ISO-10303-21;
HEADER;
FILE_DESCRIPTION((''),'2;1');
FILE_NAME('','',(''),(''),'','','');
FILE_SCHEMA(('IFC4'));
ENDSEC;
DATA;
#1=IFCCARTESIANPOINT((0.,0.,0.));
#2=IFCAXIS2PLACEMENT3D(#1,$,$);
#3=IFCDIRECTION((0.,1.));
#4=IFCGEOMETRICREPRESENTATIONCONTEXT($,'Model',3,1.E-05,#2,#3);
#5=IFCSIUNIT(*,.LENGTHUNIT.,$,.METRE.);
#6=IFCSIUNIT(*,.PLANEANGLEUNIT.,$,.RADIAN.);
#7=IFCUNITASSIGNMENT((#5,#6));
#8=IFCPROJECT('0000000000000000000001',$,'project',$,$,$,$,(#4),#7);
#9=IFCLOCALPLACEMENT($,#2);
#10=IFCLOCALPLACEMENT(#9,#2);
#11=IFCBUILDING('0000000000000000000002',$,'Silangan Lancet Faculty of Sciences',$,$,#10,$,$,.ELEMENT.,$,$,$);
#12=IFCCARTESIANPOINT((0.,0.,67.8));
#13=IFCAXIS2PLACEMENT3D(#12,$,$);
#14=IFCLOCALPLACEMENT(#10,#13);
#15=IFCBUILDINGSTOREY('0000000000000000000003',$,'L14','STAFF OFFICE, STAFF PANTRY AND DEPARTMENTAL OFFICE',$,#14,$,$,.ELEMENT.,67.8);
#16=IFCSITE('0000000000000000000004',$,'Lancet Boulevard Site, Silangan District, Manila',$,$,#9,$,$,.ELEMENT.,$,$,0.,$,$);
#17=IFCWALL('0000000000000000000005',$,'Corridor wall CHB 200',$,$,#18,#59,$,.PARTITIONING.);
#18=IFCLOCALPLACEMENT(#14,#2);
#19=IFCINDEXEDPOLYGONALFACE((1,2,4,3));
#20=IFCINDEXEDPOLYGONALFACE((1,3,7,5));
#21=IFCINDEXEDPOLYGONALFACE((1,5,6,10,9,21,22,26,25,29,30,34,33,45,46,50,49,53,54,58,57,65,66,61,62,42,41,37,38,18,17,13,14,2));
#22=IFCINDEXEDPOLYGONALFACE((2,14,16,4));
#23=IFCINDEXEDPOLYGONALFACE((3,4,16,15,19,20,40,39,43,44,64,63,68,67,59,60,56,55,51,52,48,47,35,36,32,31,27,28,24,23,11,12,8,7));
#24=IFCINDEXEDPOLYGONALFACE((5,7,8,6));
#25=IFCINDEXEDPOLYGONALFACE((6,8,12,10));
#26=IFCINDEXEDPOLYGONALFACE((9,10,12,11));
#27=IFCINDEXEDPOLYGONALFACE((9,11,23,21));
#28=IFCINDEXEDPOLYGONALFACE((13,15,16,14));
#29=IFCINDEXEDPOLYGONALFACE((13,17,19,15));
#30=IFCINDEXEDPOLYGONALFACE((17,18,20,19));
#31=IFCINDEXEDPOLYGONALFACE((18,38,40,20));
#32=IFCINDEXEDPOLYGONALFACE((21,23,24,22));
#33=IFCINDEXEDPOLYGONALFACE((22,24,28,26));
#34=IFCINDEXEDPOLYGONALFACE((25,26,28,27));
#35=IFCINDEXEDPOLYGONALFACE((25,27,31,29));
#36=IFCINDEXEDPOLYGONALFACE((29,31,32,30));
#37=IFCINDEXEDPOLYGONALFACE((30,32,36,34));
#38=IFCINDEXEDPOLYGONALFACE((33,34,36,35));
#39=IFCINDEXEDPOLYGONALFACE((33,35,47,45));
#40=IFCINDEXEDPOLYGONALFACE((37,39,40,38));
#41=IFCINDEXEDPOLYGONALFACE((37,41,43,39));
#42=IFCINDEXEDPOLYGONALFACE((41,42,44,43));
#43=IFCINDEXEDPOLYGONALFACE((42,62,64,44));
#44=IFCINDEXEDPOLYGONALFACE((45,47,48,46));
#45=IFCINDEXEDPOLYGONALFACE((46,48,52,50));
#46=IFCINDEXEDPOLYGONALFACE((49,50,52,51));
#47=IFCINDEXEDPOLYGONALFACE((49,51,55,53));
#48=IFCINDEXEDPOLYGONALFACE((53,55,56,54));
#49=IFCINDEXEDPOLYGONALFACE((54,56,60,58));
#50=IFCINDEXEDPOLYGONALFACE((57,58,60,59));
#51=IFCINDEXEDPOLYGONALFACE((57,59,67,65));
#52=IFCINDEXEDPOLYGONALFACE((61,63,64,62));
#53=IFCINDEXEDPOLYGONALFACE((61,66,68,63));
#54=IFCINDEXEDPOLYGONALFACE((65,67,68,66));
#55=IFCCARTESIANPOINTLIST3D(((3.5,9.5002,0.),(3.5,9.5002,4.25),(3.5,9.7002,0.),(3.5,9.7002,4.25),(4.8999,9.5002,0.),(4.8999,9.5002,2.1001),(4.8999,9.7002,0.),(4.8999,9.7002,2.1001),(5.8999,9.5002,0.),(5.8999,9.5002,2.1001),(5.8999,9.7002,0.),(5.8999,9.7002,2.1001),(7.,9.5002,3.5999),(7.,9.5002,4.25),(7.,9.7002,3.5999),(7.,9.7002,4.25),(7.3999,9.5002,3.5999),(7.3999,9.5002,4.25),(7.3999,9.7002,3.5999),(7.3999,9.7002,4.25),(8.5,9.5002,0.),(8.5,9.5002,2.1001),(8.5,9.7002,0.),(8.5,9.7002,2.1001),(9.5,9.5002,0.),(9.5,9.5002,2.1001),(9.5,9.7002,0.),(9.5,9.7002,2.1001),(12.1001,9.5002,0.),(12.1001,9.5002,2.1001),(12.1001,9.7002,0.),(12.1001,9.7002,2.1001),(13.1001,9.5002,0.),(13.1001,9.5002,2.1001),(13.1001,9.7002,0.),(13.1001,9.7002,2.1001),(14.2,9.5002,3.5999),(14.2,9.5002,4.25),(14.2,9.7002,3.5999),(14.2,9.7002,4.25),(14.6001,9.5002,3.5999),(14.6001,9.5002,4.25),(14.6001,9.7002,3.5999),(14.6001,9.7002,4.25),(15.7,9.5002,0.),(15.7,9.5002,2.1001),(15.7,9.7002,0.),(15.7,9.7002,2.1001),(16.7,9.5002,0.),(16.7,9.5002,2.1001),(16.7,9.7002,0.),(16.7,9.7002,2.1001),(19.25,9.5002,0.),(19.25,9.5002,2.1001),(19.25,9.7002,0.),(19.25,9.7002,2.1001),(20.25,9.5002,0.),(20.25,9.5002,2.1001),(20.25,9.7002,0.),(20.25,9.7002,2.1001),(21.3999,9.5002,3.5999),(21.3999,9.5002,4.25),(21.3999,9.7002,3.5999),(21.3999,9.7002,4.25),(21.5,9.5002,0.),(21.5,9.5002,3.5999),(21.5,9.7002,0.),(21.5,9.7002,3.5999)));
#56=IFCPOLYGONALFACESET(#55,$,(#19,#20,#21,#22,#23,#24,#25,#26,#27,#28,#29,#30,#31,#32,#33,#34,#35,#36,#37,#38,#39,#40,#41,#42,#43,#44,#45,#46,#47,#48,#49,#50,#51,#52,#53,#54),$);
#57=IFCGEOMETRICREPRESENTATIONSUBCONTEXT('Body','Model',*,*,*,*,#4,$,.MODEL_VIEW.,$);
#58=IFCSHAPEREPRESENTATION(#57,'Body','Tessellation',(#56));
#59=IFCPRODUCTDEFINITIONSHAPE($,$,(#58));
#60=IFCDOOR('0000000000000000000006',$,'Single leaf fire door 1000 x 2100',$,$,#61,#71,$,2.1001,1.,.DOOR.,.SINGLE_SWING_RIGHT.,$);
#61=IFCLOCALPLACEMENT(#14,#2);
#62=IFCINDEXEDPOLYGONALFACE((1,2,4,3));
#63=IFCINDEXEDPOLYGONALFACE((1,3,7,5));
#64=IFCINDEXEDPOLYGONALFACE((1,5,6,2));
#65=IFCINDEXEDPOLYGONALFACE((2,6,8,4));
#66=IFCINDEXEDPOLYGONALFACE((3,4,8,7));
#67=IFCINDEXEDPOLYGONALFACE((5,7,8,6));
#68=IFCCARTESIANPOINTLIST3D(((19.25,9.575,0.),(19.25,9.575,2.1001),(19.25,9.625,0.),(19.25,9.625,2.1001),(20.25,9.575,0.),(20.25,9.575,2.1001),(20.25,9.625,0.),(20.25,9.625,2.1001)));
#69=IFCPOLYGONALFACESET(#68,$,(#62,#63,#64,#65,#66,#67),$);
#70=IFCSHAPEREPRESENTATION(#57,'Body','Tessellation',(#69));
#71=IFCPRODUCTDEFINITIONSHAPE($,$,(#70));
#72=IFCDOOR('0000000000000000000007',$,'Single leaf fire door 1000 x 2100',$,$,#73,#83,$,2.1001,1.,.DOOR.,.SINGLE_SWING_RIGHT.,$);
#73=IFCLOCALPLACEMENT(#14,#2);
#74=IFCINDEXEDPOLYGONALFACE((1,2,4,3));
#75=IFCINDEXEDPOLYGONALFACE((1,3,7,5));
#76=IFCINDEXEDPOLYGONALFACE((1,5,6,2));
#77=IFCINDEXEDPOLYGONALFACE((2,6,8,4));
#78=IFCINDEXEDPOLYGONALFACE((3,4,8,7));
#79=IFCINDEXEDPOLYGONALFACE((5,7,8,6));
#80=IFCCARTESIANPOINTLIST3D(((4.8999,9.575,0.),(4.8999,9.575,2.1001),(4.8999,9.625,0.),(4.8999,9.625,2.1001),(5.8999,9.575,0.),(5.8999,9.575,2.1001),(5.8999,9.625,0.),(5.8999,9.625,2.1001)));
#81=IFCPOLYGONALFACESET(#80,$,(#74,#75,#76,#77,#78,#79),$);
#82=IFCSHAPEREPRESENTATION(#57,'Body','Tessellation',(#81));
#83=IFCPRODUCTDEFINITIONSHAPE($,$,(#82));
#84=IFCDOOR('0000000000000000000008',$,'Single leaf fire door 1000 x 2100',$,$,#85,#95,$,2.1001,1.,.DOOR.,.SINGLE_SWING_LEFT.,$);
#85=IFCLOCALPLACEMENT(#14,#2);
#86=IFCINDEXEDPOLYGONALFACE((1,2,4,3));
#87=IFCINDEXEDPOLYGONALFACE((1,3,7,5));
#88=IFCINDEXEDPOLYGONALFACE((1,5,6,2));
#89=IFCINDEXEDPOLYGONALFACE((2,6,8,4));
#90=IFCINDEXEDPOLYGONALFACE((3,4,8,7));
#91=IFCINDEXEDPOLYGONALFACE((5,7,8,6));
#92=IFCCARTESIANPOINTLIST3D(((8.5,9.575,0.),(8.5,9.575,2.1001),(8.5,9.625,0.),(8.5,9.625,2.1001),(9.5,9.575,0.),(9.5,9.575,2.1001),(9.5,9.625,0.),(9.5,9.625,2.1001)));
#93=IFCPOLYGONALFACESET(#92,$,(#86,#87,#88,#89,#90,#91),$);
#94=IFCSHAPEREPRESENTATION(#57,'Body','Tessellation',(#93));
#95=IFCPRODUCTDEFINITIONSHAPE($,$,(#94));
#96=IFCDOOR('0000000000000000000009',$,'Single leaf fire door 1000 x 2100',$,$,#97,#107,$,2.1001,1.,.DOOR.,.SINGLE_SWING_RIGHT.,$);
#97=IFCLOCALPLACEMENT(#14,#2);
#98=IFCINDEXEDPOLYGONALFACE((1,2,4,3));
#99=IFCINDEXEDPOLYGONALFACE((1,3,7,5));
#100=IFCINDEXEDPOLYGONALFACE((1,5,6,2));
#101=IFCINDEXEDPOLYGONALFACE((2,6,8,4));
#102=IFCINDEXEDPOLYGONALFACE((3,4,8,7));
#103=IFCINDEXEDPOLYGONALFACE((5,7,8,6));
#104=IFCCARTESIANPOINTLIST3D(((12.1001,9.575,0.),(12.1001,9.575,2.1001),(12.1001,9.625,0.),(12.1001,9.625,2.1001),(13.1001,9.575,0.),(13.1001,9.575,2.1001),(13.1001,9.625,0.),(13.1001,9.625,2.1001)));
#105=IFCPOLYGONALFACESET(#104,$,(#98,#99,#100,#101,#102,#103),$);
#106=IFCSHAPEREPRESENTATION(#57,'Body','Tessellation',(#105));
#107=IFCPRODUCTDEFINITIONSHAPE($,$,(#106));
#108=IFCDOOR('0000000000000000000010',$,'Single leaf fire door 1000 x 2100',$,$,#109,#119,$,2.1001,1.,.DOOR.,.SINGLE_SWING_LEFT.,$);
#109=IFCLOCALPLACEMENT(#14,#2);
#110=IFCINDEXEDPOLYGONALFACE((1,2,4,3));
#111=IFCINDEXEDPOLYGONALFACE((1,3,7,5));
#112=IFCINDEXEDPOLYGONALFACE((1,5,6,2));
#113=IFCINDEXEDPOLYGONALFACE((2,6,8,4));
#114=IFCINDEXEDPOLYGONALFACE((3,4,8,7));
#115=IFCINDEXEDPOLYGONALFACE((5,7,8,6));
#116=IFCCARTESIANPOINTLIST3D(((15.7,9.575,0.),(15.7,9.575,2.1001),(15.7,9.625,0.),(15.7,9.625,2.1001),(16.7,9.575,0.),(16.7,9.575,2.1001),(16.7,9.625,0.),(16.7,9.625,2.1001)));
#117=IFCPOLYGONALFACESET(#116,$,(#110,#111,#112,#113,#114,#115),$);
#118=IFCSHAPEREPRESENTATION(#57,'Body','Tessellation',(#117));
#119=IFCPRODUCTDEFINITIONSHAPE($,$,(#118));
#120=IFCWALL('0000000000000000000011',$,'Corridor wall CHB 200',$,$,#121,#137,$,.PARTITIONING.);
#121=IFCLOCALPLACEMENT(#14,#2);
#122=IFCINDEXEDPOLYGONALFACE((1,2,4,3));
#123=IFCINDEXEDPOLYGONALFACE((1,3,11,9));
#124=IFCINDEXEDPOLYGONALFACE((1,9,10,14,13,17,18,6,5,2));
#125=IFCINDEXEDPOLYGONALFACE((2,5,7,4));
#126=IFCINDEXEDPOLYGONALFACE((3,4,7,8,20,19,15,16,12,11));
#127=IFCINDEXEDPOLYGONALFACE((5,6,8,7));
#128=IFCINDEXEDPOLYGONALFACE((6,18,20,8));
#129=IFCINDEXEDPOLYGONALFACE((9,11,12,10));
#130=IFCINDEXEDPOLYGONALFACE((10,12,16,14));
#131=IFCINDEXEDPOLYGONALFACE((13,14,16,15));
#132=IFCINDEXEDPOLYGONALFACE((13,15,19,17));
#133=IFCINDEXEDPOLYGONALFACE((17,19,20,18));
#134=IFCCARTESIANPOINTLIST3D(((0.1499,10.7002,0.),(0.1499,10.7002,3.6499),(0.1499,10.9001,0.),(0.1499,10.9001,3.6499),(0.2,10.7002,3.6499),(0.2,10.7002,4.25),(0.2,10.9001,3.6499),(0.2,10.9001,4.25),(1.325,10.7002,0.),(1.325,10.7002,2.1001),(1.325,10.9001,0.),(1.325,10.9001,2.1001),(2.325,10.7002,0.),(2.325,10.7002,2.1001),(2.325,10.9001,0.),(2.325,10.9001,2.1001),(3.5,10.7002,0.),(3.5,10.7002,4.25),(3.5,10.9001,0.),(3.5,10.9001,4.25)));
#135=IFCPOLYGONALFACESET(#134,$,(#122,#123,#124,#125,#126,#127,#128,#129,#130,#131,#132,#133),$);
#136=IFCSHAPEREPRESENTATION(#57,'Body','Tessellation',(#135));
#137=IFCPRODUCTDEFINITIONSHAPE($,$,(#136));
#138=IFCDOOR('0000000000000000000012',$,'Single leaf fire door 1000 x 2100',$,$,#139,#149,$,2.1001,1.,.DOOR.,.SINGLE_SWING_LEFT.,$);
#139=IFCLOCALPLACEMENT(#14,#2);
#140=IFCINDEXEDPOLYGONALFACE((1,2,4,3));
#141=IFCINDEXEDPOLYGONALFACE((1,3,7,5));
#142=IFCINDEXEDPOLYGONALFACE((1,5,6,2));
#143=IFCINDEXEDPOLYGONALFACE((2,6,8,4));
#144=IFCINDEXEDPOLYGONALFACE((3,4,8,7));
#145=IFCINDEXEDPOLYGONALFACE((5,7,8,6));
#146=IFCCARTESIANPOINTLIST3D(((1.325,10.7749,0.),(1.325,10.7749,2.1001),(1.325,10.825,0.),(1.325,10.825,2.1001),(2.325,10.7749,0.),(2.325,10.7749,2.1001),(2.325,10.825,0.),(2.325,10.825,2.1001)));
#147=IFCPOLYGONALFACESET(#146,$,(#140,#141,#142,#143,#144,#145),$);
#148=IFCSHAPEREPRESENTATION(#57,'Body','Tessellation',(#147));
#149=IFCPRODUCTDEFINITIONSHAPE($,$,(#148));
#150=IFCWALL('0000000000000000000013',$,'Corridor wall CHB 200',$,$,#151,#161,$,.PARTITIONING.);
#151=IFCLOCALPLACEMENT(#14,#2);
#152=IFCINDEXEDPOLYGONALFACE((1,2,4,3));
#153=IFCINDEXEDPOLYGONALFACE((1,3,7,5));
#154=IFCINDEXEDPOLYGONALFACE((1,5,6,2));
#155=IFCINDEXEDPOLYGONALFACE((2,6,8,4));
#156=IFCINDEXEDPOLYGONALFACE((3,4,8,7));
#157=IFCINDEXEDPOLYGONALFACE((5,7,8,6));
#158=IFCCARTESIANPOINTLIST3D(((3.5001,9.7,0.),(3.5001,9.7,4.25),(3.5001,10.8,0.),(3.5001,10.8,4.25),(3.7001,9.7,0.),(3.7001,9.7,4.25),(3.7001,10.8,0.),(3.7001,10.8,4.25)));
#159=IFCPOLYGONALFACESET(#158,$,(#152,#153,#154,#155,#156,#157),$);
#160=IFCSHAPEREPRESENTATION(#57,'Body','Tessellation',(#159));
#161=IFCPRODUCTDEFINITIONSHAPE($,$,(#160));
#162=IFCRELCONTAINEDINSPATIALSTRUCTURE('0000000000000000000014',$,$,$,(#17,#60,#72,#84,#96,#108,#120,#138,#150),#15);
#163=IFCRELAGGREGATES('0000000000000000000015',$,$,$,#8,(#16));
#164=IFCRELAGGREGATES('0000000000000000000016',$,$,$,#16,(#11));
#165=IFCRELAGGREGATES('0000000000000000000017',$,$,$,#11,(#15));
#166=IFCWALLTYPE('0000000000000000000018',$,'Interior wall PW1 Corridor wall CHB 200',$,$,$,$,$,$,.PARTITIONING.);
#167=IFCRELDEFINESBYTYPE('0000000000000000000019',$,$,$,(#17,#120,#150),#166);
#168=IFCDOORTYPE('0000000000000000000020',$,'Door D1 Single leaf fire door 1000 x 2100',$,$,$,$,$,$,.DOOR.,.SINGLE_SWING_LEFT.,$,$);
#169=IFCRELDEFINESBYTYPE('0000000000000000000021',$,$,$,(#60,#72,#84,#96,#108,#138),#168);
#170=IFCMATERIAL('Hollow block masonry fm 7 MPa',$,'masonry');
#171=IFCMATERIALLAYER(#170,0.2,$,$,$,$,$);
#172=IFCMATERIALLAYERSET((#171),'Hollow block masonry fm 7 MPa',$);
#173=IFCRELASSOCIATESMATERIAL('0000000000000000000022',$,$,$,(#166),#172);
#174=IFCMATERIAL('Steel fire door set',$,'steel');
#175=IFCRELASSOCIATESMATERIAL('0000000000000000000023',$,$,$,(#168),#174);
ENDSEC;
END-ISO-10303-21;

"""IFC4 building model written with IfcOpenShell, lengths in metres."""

from ifc_helpers import new_model, si_unit, direction, frame, frame_2d, origin, place, context, subcontext, project, spatial, polyline, rectangle, outline, extrude, material, layer, layer_set, type_object, element, fill, save


model = new_model("IFC4")

# Units and contexts
model_context = context("Model", 3, precision=1e-05, world=origin(), true_north=direction((0.0, 1.0)))
body_context = subcontext(model_context, "Body", "Model", "MODEL_VIEW")
ifc_project = project(units=[si_unit("LENGTHUNIT", "METRE"), si_unit("PLANEANGLEUNIT", "RADIAN")], contexts=[model_context])

# Site, building, storey
site_placement = place(None, origin())
site = spatial("IfcSite", under=ifc_project, at=site_placement, Name="Lancet Boulevard Site, Silangan District, Manila", CompositionType="ELEMENT", RefElevation=0.0)
building_placement = place(site_placement, origin())
building = spatial("IfcBuilding", under=site, at=building_placement, Name="Silangan Lancet Faculty of Sciences", CompositionType="ELEMENT")
storey_placement = place(building_placement, frame((0.0, 0.0, 67.8)))
storey = spatial("IfcBuildingStorey", under=building, at=storey_placement, Name="L14", Description="STAFF OFFICE, STAFF PANTRY AND DEPARTMENTAL OFFICE", CompositionType="ELEMENT", Elevation=67.8)

# Wall, openings, doors
ifc_material_1 = material(Name="Hollow block masonry fm 7 MPa", Category="masonry")
ifc_layer_1 = layer(ifc_material_1, 0.2)
ifc_layer_set_1 = layer_set([ifc_layer_1], Name="Hollow block masonry fm 7 MPa")
wall_type_1 = type_object("IfcWallType", Name="Interior wall PW1 Corridor wall CHB 200", PredefinedType="PARTITIONING", material=ifc_layer_set_1)
wall_1_placement = place(storey_placement, frame((3.5, 9.6001, 0.0), z_axis=(0.0, 0.0, 1.0), x_axis=(1.0, 0.0, 0.0)))
wall_1 = element("IfcWall", 1, at=wall_1_placement, inside=storey, type_object=wall_type_1, Name="Corridor wall CHB 200", PredefinedType="PARTITIONING", context=body_context, shape_type="SweptSolid", body=[
    extrude(outline(polyline([(0.0, 0.0), (18.0, 0.0), (18.0, 3.5999), (17.8999, 3.5999), (17.8999, 4.25), (11.1001, 4.25), (11.1001, 3.5999), (10.7, 3.5999), (10.7, 4.25), (3.8999, 4.25), (3.8999, 3.5999), (3.5, 3.5999), (3.5, 4.25), (0.0, 4.25), (0.0, 0.0)])), frame((0.0, 0.1001, 0.0), z_axis=(0.0, -1.0, 0.0), x_axis=(1.0, 0.0, 0.0)), (0.0, 0.0, 1.0), 0.2),
])
opening_1_placement = place(wall_1_placement, frame((15.75, 0.0, 0.0)))
opening_1 = element("IfcOpeningElement", 2, at=opening_1_placement, cuts=wall_1, PredefinedType="OPENING", context=body_context, shape_type="SweptSolid", body=[
    extrude(rectangle(XDim=1.0, YDim=2.1001, at=frame_2d((0.5, 1.05))), frame((0.0, 0.1099, 0.0), z_axis=(0.0, -1.0, 0.0), x_axis=(1.0, 0.0, 0.0)), (0.0, 0.0, 1.0), 0.22),
])
opening_2_placement = place(wall_1_placement, frame((1.3999, 0.0, 0.0)))
opening_2 = element("IfcOpeningElement", 3, at=opening_2_placement, cuts=wall_1, PredefinedType="OPENING", context=body_context, shape_type="SweptSolid", body=[
    extrude(rectangle(XDim=1.0, YDim=2.1001, at=frame_2d((0.5, 1.05))), frame((0.0, 0.1099, 0.0), z_axis=(0.0, -1.0, 0.0), x_axis=(1.0, 0.0, 0.0)), (0.0, 0.0, 1.0), 0.22),
])
opening_3_placement = place(wall_1_placement, frame((5.0, 0.0, 0.0)))
opening_3 = element("IfcOpeningElement", 4, at=opening_3_placement, cuts=wall_1, PredefinedType="OPENING", context=body_context, shape_type="SweptSolid", body=[
    extrude(rectangle(XDim=1.0, YDim=2.1001, at=frame_2d((0.5, 1.05))), frame((0.0, 0.1099, 0.0), z_axis=(0.0, -1.0, 0.0), x_axis=(1.0, 0.0, 0.0)), (0.0, 0.0, 1.0), 0.22),
])
opening_4_placement = place(wall_1_placement, frame((8.6001, 0.0, 0.0)))
opening_4 = element("IfcOpeningElement", 5, at=opening_4_placement, cuts=wall_1, PredefinedType="OPENING", context=body_context, shape_type="SweptSolid", body=[
    extrude(rectangle(XDim=1.0, YDim=2.1001, at=frame_2d((0.5, 1.05))), frame((0.0, 0.1099, 0.0), z_axis=(0.0, -1.0, 0.0), x_axis=(1.0, 0.0, 0.0)), (0.0, 0.0, 1.0), 0.22),
])
opening_5_placement = place(wall_1_placement, frame((12.2, 0.0, 0.0)))
opening_5 = element("IfcOpeningElement", 6, at=opening_5_placement, cuts=wall_1, PredefinedType="OPENING", context=body_context, shape_type="SweptSolid", body=[
    extrude(rectangle(XDim=1.0, YDim=2.1001, at=frame_2d((0.5, 1.05))), frame((0.0, 0.1099, 0.0), z_axis=(0.0, -1.0, 0.0), x_axis=(1.0, 0.0, 0.0)), (0.0, 0.0, 1.0), 0.22),
])
ifc_material_2 = material(Name="Steel fire door set", Category="steel")
door_type_1 = type_object("IfcDoorType", Name="Door D1 Single leaf fire door 1000 x 2100", OperationType="SINGLE_SWING_LEFT", PredefinedType="DOOR", material=ifc_material_2)
door_1_placement = place(opening_1_placement, origin())
door_1 = element("IfcDoor", 7, at=door_1_placement, inside=storey, type_object=door_type_1, Name="Single leaf fire door 1000 x 2100", OperationType="SINGLE_SWING_RIGHT", OverallHeight=2.1001, OverallWidth=1.0, PredefinedType="DOOR", context=body_context, shape_type="SweptSolid", body=[
    extrude(rectangle(XDim=1.0, YDim=2.1001, at=frame_2d((0.5, 1.05))), frame((0.0, 0.0249, 0.0), z_axis=(0.0, -1.0, 0.0), x_axis=(1.0, 0.0, 0.0)), (0.0, 0.0, 1.0), 0.05),
])
fill(opening_1, door_1)
door_2_placement = place(opening_2_placement, origin())
door_2 = element("IfcDoor", 8, at=door_2_placement, inside=storey, type_object=door_type_1, Name="Single leaf fire door 1000 x 2100", OperationType="SINGLE_SWING_RIGHT", OverallHeight=2.1001, OverallWidth=1.0, PredefinedType="DOOR", context=body_context, shape_type="SweptSolid", body=[
    extrude(rectangle(XDim=1.0, YDim=2.1001, at=frame_2d((0.5, 1.05))), frame((0.0, 0.0249, 0.0), z_axis=(0.0, -1.0, 0.0), x_axis=(1.0, 0.0, 0.0)), (0.0, 0.0, 1.0), 0.05),
])
fill(opening_2, door_2)
door_3_placement = place(opening_3_placement, origin())
door_3 = element("IfcDoor", 9, at=door_3_placement, inside=storey, type_object=door_type_1, Name="Single leaf fire door 1000 x 2100", OperationType="SINGLE_SWING_LEFT", OverallHeight=2.1001, OverallWidth=1.0, PredefinedType="DOOR", context=body_context, shape_type="SweptSolid", body=[
    extrude(rectangle(XDim=1.0, YDim=2.1001, at=frame_2d((0.5, 1.05))), frame((0.0, 0.0249, 0.0), z_axis=(0.0, -1.0, 0.0), x_axis=(1.0, 0.0, 0.0)), (0.0, 0.0, 1.0), 0.05),
])
fill(opening_3, door_3)
door_4_placement = place(opening_4_placement, origin())
door_4 = element("IfcDoor", 10, at=door_4_placement, inside=storey, type_object=door_type_1, Name="Single leaf fire door 1000 x 2100", OperationType="SINGLE_SWING_RIGHT", OverallHeight=2.1001, OverallWidth=1.0, PredefinedType="DOOR", context=body_context, shape_type="SweptSolid", body=[
    extrude(rectangle(XDim=1.0, YDim=2.1001, at=frame_2d((0.5, 1.05))), frame((0.0, 0.0249, 0.0), z_axis=(0.0, -1.0, 0.0), x_axis=(1.0, 0.0, 0.0)), (0.0, 0.0, 1.0), 0.05),
])
fill(opening_4, door_4)
door_5_placement = place(opening_5_placement, origin())
door_5 = element("IfcDoor", 11, at=door_5_placement, inside=storey, type_object=door_type_1, Name="Single leaf fire door 1000 x 2100", OperationType="SINGLE_SWING_LEFT", OverallHeight=2.1001, OverallWidth=1.0, PredefinedType="DOOR", context=body_context, shape_type="SweptSolid", body=[
    extrude(rectangle(XDim=1.0, YDim=2.1001, at=frame_2d((0.5, 1.05))), frame((0.0, 0.0249, 0.0), z_axis=(0.0, -1.0, 0.0), x_axis=(1.0, 0.0, 0.0)), (0.0, 0.0, 1.0), 0.05),
])
fill(opening_5, door_5)

# Wall, opening, door
wall_2_placement = place(storey_placement, frame((0.1499, 10.8, 0.0), z_axis=(0.0, 0.0, 1.0), x_axis=(1.0, 0.0, 0.0)))
wall_2 = element("IfcWall", 12, at=wall_2_placement, inside=storey, type_object=wall_type_1, Name="Corridor wall CHB 200", PredefinedType="PARTITIONING", context=body_context, shape_type="SweptSolid", body=[
    extrude(outline(polyline([(0.0, 0.0), (3.3501, 0.0), (3.3501, 4.25), (0.05, 4.25), (0.05, 3.6499), (0.0, 3.6499), (0.0, 0.0)])), frame((0.0, 0.1001, 0.0), z_axis=(0.0, -1.0, 0.0), x_axis=(1.0, 0.0, 0.0)), (0.0, 0.0, 1.0), 0.2),
])
opening_6_placement = place(wall_2_placement, frame((1.175, 0.0, 0.0)))
opening_6 = element("IfcOpeningElement", 13, at=opening_6_placement, cuts=wall_2, PredefinedType="OPENING", context=body_context, shape_type="SweptSolid", body=[
    extrude(rectangle(XDim=1.0, YDim=2.1001, at=frame_2d((0.5, 1.05))), frame((0.0, 0.1099, 0.0), z_axis=(0.0, -1.0, 0.0), x_axis=(1.0, 0.0, 0.0)), (0.0, 0.0, 1.0), 0.22),
])
door_6_placement = place(opening_6_placement, origin())
door_6 = element("IfcDoor", 14, at=door_6_placement, inside=storey, type_object=door_type_1, Name="Single leaf fire door 1000 x 2100", OperationType="SINGLE_SWING_LEFT", OverallHeight=2.1001, OverallWidth=1.0, PredefinedType="DOOR", context=body_context, shape_type="SweptSolid", body=[
    extrude(rectangle(XDim=1.0, YDim=2.1001, at=frame_2d((0.5, 1.05))), frame((0.0, 0.0249, 0.0), z_axis=(0.0, -1.0, 0.0), x_axis=(1.0, 0.0, 0.0)), (0.0, 0.0, 1.0), 0.05),
])
fill(opening_6, door_6)

# Wall
wall_3_placement = place(storey_placement, frame((3.6001, 9.7, 0.0), z_axis=(0.0, 0.0, 1.0), x_axis=(0.0, 1.0, 0.0)))
element("IfcWall", 15, at=wall_3_placement, inside=storey, type_object=wall_type_1, Name="Corridor wall CHB 200", PredefinedType="PARTITIONING", context=body_context, shape_type="SweptSolid", body=[
    extrude(rectangle(XDim=1.1001, YDim=0.2, at=frame_2d((0.55, 0.0))), origin(), (0.0, 0.0, 1.0), 4.25),
])

save(model, "model.ifc")
